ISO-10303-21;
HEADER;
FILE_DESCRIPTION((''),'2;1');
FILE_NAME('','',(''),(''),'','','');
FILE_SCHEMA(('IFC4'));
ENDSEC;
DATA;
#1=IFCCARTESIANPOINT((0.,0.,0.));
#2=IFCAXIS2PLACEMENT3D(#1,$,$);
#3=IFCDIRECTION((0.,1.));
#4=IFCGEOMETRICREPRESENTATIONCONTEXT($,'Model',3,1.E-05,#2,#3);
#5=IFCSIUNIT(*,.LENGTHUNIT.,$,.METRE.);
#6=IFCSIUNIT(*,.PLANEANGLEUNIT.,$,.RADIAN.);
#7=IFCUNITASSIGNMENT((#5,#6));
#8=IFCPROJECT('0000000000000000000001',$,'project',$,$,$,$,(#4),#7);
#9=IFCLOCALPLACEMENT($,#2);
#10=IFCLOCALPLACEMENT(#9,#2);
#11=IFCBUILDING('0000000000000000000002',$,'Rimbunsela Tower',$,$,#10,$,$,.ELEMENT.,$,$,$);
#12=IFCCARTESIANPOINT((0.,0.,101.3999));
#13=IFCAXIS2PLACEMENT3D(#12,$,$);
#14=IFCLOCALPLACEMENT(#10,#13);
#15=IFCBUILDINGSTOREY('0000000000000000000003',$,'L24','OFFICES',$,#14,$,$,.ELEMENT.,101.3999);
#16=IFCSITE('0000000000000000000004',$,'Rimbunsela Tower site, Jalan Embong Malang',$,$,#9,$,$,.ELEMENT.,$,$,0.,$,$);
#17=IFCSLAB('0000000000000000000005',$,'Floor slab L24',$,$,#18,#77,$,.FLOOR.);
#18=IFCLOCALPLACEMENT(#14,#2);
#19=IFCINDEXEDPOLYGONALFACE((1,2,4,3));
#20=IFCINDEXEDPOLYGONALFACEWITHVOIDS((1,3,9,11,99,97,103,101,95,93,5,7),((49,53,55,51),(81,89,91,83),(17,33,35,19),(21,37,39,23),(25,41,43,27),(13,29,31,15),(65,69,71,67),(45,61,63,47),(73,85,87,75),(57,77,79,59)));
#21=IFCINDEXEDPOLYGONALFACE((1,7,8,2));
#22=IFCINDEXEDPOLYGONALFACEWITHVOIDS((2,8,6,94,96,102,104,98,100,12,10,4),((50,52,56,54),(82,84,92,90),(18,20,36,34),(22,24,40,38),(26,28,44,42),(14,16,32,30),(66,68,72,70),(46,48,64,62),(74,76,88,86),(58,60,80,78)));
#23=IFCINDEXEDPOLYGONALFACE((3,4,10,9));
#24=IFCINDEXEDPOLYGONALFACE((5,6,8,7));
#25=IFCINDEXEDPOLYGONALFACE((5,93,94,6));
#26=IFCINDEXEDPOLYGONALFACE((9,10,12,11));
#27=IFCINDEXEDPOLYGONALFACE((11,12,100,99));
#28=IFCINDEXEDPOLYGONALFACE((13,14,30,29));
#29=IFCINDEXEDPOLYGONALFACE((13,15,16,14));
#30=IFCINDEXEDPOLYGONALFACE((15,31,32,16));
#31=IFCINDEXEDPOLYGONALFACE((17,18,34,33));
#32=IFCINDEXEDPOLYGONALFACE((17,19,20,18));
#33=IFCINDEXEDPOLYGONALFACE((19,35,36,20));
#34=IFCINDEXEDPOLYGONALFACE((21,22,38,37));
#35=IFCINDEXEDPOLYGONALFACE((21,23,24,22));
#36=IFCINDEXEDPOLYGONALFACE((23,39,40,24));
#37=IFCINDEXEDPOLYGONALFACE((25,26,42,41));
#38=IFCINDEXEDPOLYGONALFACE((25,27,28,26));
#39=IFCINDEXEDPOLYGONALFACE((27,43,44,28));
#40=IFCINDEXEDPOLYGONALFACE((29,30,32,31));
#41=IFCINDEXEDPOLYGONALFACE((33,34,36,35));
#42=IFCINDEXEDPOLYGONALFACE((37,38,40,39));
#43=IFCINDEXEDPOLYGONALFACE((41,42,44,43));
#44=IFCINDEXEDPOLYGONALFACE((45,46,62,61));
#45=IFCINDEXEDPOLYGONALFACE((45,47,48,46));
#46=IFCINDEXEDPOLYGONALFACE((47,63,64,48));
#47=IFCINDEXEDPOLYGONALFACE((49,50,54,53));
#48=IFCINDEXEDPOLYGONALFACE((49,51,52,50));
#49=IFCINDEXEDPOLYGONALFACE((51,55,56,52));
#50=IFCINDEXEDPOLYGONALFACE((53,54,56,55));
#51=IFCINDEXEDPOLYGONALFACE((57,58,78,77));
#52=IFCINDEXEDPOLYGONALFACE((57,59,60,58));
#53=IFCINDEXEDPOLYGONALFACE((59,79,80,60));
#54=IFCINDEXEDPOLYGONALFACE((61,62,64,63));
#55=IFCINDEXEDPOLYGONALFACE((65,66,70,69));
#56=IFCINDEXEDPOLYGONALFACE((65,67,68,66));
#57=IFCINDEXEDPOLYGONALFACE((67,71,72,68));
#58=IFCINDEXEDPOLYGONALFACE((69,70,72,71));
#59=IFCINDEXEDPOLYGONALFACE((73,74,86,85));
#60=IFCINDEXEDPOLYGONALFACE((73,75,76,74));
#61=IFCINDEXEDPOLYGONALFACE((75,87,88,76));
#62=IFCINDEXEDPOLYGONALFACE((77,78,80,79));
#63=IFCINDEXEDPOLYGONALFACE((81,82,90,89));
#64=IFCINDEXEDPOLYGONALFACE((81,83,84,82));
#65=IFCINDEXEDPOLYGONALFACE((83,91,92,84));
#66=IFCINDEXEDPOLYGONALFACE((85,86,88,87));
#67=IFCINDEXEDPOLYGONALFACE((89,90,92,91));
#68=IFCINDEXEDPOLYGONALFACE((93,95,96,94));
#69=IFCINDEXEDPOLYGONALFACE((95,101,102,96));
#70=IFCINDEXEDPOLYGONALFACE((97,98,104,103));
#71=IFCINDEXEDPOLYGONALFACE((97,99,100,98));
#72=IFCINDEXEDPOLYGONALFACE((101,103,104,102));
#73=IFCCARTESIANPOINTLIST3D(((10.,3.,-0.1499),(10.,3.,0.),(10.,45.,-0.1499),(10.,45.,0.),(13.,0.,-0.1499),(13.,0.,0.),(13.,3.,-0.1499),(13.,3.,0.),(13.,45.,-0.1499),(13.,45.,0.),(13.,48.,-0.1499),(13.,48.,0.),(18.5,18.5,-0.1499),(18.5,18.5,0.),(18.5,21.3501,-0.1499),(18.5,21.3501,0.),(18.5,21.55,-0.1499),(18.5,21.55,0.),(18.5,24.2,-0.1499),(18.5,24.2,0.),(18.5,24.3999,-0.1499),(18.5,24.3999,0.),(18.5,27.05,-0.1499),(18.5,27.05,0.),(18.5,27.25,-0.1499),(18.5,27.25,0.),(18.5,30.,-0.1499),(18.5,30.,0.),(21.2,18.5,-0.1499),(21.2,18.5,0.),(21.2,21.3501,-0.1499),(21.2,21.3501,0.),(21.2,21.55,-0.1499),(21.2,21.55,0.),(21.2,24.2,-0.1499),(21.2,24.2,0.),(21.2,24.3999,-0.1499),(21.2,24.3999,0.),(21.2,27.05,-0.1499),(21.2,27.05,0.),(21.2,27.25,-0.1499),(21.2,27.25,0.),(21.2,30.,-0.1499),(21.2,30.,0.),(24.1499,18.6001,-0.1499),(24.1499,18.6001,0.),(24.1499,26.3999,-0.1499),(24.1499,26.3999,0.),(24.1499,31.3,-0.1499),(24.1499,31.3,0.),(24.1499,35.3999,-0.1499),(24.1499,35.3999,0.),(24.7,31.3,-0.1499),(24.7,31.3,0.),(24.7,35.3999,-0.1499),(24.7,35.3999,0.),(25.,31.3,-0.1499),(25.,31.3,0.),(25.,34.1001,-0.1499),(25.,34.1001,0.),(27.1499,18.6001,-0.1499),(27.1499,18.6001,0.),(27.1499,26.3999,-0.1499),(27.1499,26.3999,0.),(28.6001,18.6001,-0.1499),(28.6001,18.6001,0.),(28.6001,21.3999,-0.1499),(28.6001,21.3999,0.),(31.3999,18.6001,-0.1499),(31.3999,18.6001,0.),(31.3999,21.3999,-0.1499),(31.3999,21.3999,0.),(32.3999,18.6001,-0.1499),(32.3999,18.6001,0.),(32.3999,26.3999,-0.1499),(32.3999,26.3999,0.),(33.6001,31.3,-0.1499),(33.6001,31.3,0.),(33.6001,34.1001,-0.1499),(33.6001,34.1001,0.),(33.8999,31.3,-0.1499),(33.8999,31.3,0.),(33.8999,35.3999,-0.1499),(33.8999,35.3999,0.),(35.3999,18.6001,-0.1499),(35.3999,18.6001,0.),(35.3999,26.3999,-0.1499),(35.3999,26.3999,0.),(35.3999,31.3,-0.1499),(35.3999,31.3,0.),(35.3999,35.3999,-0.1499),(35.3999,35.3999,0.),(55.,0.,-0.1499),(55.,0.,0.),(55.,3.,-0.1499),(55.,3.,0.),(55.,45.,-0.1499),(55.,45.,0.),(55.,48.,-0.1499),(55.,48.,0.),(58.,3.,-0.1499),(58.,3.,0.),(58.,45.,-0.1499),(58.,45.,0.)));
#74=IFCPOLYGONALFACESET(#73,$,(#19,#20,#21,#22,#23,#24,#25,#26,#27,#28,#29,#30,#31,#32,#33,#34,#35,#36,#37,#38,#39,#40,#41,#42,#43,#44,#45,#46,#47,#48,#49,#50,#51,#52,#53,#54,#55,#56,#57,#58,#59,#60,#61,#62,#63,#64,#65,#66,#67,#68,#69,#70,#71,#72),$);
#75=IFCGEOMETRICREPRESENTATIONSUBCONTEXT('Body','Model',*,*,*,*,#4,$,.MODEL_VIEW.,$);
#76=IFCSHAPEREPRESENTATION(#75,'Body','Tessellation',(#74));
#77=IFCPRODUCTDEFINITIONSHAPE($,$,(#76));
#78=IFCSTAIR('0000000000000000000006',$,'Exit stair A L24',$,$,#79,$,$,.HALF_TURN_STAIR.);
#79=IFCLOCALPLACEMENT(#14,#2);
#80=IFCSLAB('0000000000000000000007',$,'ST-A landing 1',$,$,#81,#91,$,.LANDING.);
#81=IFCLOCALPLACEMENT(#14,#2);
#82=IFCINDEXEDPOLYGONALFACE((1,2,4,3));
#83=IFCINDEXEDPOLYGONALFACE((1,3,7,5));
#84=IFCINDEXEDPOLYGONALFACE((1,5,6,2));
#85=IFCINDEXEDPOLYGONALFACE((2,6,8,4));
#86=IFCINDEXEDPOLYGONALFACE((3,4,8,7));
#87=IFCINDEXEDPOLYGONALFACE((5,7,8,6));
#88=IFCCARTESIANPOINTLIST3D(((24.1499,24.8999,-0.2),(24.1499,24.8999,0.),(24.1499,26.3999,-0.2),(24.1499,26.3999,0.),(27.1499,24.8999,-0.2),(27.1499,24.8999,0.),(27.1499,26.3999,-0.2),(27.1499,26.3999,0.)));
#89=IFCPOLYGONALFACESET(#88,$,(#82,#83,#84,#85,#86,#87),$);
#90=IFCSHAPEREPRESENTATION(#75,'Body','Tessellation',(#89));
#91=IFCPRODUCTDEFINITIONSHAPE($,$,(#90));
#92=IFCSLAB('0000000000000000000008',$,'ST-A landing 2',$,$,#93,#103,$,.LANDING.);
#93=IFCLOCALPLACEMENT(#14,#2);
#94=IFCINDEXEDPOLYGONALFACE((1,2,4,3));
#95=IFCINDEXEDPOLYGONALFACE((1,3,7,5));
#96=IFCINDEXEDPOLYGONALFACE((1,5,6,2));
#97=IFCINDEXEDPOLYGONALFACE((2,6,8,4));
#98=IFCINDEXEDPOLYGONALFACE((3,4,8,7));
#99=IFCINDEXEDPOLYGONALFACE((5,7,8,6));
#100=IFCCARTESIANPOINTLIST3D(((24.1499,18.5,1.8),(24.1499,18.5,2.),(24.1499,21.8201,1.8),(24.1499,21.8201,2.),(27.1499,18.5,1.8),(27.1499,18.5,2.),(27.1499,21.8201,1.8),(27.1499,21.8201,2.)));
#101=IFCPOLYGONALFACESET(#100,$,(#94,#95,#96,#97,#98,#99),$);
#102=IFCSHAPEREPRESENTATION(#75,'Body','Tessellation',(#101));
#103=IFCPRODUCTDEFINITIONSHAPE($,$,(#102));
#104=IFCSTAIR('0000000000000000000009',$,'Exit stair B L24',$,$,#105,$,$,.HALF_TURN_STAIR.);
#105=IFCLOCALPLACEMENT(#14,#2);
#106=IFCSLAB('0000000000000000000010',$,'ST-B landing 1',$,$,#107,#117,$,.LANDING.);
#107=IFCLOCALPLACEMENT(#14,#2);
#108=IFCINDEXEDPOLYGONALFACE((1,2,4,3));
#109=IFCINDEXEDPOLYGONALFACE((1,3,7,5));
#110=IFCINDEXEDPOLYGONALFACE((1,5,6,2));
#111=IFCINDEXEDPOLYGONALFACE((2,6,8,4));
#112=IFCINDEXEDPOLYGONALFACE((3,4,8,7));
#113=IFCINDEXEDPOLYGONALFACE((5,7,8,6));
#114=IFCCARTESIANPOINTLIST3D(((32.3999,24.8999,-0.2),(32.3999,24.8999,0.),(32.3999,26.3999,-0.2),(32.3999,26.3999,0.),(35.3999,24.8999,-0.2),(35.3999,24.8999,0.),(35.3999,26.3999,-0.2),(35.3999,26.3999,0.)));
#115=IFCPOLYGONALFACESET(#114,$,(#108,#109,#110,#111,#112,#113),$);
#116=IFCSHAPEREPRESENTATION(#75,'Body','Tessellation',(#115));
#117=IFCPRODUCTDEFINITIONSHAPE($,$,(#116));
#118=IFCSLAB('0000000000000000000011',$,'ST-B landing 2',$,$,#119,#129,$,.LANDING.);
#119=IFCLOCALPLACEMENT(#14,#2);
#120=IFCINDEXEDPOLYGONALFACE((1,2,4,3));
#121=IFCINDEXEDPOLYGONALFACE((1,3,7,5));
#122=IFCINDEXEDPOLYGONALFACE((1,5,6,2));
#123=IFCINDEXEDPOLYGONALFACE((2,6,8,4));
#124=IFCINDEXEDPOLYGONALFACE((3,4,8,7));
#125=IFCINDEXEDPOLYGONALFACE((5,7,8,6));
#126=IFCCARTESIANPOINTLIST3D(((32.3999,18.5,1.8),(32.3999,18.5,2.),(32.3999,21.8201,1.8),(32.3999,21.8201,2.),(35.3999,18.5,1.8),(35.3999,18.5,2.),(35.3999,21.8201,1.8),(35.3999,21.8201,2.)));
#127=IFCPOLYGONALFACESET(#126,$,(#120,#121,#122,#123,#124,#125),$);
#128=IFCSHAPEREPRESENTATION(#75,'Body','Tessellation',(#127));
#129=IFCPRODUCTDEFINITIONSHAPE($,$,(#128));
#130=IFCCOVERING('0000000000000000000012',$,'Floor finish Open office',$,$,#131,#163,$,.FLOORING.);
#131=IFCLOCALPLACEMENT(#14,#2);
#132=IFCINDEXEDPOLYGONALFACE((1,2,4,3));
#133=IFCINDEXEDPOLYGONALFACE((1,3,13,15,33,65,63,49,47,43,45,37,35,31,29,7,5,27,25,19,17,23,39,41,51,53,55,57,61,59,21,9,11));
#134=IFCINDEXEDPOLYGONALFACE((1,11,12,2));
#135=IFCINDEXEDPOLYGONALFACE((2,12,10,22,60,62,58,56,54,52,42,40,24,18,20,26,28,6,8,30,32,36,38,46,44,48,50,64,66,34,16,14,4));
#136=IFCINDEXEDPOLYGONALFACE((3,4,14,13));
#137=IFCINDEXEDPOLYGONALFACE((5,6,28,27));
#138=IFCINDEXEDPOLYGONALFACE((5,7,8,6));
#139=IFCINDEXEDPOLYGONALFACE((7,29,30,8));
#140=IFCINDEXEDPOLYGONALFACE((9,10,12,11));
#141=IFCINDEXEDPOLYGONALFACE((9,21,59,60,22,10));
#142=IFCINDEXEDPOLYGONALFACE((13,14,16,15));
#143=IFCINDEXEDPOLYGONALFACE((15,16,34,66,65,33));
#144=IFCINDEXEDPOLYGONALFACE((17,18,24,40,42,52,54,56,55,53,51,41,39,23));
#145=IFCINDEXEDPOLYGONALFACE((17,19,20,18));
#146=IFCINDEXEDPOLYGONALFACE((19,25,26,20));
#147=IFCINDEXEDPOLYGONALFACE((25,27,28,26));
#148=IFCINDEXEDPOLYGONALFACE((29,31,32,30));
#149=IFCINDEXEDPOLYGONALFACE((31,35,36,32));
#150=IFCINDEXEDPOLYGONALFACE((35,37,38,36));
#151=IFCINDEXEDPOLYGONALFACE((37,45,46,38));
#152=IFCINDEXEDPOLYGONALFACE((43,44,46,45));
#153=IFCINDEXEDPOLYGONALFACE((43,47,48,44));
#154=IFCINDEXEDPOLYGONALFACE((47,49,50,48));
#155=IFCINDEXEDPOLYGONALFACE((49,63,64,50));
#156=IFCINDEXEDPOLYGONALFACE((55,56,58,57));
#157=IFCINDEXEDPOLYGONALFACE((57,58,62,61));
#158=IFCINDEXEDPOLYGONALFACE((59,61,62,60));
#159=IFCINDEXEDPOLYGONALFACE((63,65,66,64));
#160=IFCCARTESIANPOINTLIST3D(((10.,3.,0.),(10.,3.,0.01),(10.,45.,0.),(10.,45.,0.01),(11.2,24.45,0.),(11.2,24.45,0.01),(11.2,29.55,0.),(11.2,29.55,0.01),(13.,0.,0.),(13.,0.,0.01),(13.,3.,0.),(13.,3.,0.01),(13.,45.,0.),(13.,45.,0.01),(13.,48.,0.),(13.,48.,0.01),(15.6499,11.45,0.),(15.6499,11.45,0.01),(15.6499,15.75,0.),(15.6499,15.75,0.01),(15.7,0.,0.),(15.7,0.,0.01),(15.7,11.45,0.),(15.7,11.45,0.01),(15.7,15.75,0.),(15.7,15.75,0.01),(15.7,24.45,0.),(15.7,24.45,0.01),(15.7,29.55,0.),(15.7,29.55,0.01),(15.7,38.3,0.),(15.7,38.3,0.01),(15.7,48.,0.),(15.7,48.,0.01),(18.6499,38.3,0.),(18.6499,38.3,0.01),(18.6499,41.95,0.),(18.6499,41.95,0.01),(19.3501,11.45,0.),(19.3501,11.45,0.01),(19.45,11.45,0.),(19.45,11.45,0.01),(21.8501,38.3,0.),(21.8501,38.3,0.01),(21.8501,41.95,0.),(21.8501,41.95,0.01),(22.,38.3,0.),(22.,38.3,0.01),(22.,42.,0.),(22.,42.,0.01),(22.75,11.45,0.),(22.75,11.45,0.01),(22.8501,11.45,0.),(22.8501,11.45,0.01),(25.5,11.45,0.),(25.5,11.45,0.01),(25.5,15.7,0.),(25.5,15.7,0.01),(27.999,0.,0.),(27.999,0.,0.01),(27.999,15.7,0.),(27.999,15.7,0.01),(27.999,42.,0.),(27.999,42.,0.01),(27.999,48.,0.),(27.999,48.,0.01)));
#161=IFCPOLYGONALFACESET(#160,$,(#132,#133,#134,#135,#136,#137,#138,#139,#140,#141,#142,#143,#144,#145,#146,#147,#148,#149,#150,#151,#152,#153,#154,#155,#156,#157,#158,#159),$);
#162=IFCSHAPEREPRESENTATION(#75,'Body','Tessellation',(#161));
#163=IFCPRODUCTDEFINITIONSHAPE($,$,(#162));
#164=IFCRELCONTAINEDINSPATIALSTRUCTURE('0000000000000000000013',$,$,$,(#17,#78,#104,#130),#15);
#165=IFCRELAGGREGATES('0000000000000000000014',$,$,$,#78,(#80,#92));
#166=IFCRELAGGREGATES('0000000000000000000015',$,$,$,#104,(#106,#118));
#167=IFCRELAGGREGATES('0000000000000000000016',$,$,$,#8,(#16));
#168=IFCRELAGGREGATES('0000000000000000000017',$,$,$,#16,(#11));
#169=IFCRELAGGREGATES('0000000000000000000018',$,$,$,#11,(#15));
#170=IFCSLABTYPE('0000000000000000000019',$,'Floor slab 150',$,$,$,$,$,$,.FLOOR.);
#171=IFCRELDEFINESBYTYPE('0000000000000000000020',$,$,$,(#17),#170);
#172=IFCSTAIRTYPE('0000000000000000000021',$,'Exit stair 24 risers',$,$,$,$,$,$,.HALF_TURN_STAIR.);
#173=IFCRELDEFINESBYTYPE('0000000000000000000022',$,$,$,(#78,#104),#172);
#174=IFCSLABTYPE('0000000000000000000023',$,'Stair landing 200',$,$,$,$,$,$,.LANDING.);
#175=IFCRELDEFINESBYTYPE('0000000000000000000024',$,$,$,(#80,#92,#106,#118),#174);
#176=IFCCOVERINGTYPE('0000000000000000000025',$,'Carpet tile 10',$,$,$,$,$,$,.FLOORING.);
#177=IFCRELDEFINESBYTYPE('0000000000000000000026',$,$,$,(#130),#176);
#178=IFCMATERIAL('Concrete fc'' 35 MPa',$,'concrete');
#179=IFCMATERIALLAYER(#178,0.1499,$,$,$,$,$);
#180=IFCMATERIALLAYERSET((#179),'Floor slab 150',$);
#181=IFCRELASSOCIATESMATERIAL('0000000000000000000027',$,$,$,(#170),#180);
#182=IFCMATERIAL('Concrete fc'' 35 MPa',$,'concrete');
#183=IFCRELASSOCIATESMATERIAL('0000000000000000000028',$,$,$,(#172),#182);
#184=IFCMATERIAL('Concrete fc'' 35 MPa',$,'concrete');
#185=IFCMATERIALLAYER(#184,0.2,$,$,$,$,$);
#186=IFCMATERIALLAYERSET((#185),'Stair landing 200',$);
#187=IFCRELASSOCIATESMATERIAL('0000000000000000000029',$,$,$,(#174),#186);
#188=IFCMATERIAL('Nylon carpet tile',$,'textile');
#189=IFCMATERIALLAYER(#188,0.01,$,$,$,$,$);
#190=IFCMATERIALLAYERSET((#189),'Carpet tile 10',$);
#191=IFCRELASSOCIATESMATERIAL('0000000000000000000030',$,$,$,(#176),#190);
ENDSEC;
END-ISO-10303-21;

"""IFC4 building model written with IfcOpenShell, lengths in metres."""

from ifc_helpers import new_model, si_unit, direction, frame, origin, place, context, subcontext, project, spatial, polyline, outline, extrude, material, layer, layer_set, type_object, element, aggregate, save


model = new_model("IFC4")

# Units and contexts
model_context = context("Model", 3, precision=1e-05, world=origin(), true_north=direction((0.0, 1.0)))
body_context = subcontext(model_context, "Body", "Model", "MODEL_VIEW")
ifc_project = project(units=[si_unit("LENGTHUNIT", "METRE"), si_unit("PLANEANGLEUNIT", "RADIAN")], contexts=[model_context])

# Site, building, storey
site_placement = place(None, origin())
site = spatial("IfcSite", under=ifc_project, at=site_placement, Name="Rimbunsela Tower site, Jalan Embong Malang", CompositionType="ELEMENT", RefElevation=0.0)
building_placement = place(site_placement, origin())
building = spatial("IfcBuilding", under=site, at=building_placement, Name="Rimbunsela Tower", CompositionType="ELEMENT")
storey_placement = place(building_placement, frame((0.0, 0.0, 101.3999)))
storey = spatial("IfcBuildingStorey", under=building, at=storey_placement, Name="L24", Description="OFFICES", CompositionType="ELEMENT", Elevation=101.3999)

# Slab
ifc_material_1 = material(Name="Concrete fc' 35 MPa", Category="concrete")
ifc_layer_1 = layer(ifc_material_1, 0.1499)
ifc_layer_set_1 = layer_set([ifc_layer_1], Name="Floor slab 150")
slab_type_1 = type_object("IfcSlabType", Name="Floor slab 150", PredefinedType="FLOOR", material=ifc_layer_set_1)
slab_1_placement = place(storey_placement, frame((0.0, 0.0, -0.1499)))
element("IfcSlab", 1, at=slab_1_placement, inside=storey, type_object=slab_type_1, Name="Floor slab L24", PredefinedType="FLOOR", context=body_context, shape_type="SweptSolid", body=[
    extrude(outline(polyline([(13.0, 0.0), (55.0, 0.0), (55.0, 3.0), (58.0, 3.0), (58.0, 45.0), (55.0, 45.0), (55.0, 48.0), (13.0, 48.0), (13.0, 45.0), (10.0, 45.0), (10.0, 3.0), (13.0, 3.0), (13.0, 0.0)]), holes=[polyline([(21.2, 21.3501), (18.5, 21.3501), (18.5, 18.5), (21.2, 18.5), (21.2, 21.3501)]), polyline([(21.2, 21.55), (21.2, 24.2), (18.5, 24.2), (18.5, 21.55), (21.2, 21.55)]), polyline([(21.2, 27.05), (18.5, 27.05), (18.5, 24.3999), (21.2, 24.3999), (21.2, 27.05)]), polyline([(21.2, 27.25), (21.2, 30.0), (18.5, 30.0), (18.5, 27.25), (21.2, 27.25)]), polyline([(27.1499, 18.6001), (27.1499, 26.3999), (24.1499, 26.3999), (24.1499, 18.6001), (27.1499, 18.6001)]), polyline([(24.7, 31.3), (24.7, 35.3999), (24.1499, 35.3999), (24.1499, 31.3), (24.7, 31.3)]), polyline([(25.0, 34.1001), (25.0, 31.3), (33.6001, 31.3), (33.6001, 34.1001), (25.0, 34.1001)]), polyline([(31.3999, 21.3999), (28.6001, 21.3999), (28.6001, 18.6001), (31.3999, 18.6001), (31.3999, 21.3999)]), polyline([(35.3999, 18.6001), (35.3999, 26.3999), (32.3999, 26.3999), (32.3999, 18.6001), (35.3999, 18.6001)]), polyline([(35.3999, 31.3), (35.3999, 35.3999), (33.8999, 35.3999), (33.8999, 31.3), (35.3999, 31.3)])]), origin(), (0.0, 0.0, 1.0), 0.1499),
])

# Stairs, slabs
ifc_material_2 = material(Name="Concrete fc' 35 MPa", Category="concrete")
stair_type = type_object("IfcStairType", Name="Exit stair 24 risers", PredefinedType="HALF_TURN_STAIR", material=ifc_material_2)
stair_1_placement = place(storey_placement, origin())
stair_1 = element("IfcStair", 2, at=stair_1_placement, inside=storey, type_object=stair_type, Name="Exit stair A L24", PredefinedType="HALF_TURN_STAIR")
ifc_material_3 = material(Name="Concrete fc' 35 MPa", Category="concrete")
ifc_layer_2 = layer(ifc_material_3, 0.2)
ifc_layer_set_2 = layer_set([ifc_layer_2], Name="Stair landing 200")
slab_type_2 = type_object("IfcSlabType", Name="Stair landing 200", PredefinedType="LANDING", material=ifc_layer_set_2)
slab_2_placement = place(storey_placement, frame((0.0, 0.0, -0.2)))
slab_2 = element("IfcSlab", 3, at=slab_2_placement, type_object=slab_type_2, Name="ST-A landing 1", PredefinedType="LANDING", context=body_context, shape_type="SweptSolid", body=[
    extrude(outline(polyline([(24.1499, 24.8999), (27.1499, 24.8999), (27.1499, 26.3999), (24.1499, 26.3999), (24.1499, 24.8999)])), origin(), (0.0, 0.0, 1.0), 0.2),
])
slab_3_placement = place(storey_placement, frame((0.0, 0.0, 1.8)))
slab_3 = element("IfcSlab", 4, at=slab_3_placement, type_object=slab_type_2, Name="ST-A landing 2", PredefinedType="LANDING", context=body_context, shape_type="SweptSolid", body=[
    extrude(outline(polyline([(24.1499, 18.5), (27.1499, 18.5), (27.1499, 21.8201), (24.1499, 21.8201), (24.1499, 18.5)])), origin(), (0.0, 0.0, 1.0), 0.2),
])
aggregate(stair_1, [slab_2, slab_3])
stair_2_placement = place(storey_placement, origin())
stair_2 = element("IfcStair", 5, at=stair_2_placement, inside=storey, type_object=stair_type, Name="Exit stair B L24", PredefinedType="HALF_TURN_STAIR")
slab_4_placement = place(storey_placement, frame((0.0, 0.0, -0.2)))
slab_4 = element("IfcSlab", 6, at=slab_4_placement, type_object=slab_type_2, Name="ST-B landing 1", PredefinedType="LANDING", context=body_context, shape_type="SweptSolid", body=[
    extrude(outline(polyline([(32.3999, 24.8999), (35.3999, 24.8999), (35.3999, 26.3999), (32.3999, 26.3999), (32.3999, 24.8999)])), origin(), (0.0, 0.0, 1.0), 0.2),
])
slab_5_placement = place(storey_placement, frame((0.0, 0.0, 1.8)))
slab_5 = element("IfcSlab", 7, at=slab_5_placement, type_object=slab_type_2, Name="ST-B landing 2", PredefinedType="LANDING", context=body_context, shape_type="SweptSolid", body=[
    extrude(outline(polyline([(32.3999, 18.5), (35.3999, 18.5), (35.3999, 21.8201), (32.3999, 21.8201), (32.3999, 18.5)])), origin(), (0.0, 0.0, 1.0), 0.2),
])
aggregate(stair_2, [slab_4, slab_5])

# Covering
ifc_material_4 = material(Name="Nylon carpet tile", Category="textile")
ifc_layer_3 = layer(ifc_material_4, 0.01)
ifc_layer_set_3 = layer_set([ifc_layer_3], Name="Carpet tile 10")
covering_type_1 = type_object("IfcCoveringType", Name="Carpet tile 10", PredefinedType="FLOORING", material=ifc_layer_set_3)
covering_1_placement = place(storey_placement, origin())
element("IfcCovering", 8, at=covering_1_placement, inside=storey, type_object=covering_type_1, Name="Floor finish Open office", PredefinedType="FLOORING", context=body_context, shape_type="SweptSolid", body=[
    extrude(outline(polyline([(19.45, 11.45), (22.75, 11.45), (22.8501, 11.45), (25.5, 11.45), (25.5, 15.7), (27.999, 15.7), (27.999, 0.0), (15.7, 0.0), (13.0, 0.0), (13.0, 3.0), (10.0, 3.0), (10.0, 45.0), (13.0, 45.0), (13.0, 48.0), (15.7, 48.0), (27.999, 48.0), (27.999, 42.0), (22.0, 42.0), (22.0, 38.3), (21.8501, 38.3), (21.8501, 41.95), (18.6499, 41.95), (18.6499, 38.3), (15.7, 38.3), (15.7, 29.55), (11.2, 29.55), (11.2, 24.45), (15.7, 24.45), (15.7, 15.75), (15.6499, 15.75), (15.6499, 11.45), (15.7, 11.45), (19.3501, 11.45), (19.45, 11.45)])), origin(), (0.0, 0.0, 1.0), 0.01),
])

save(model, "model.ifc")
